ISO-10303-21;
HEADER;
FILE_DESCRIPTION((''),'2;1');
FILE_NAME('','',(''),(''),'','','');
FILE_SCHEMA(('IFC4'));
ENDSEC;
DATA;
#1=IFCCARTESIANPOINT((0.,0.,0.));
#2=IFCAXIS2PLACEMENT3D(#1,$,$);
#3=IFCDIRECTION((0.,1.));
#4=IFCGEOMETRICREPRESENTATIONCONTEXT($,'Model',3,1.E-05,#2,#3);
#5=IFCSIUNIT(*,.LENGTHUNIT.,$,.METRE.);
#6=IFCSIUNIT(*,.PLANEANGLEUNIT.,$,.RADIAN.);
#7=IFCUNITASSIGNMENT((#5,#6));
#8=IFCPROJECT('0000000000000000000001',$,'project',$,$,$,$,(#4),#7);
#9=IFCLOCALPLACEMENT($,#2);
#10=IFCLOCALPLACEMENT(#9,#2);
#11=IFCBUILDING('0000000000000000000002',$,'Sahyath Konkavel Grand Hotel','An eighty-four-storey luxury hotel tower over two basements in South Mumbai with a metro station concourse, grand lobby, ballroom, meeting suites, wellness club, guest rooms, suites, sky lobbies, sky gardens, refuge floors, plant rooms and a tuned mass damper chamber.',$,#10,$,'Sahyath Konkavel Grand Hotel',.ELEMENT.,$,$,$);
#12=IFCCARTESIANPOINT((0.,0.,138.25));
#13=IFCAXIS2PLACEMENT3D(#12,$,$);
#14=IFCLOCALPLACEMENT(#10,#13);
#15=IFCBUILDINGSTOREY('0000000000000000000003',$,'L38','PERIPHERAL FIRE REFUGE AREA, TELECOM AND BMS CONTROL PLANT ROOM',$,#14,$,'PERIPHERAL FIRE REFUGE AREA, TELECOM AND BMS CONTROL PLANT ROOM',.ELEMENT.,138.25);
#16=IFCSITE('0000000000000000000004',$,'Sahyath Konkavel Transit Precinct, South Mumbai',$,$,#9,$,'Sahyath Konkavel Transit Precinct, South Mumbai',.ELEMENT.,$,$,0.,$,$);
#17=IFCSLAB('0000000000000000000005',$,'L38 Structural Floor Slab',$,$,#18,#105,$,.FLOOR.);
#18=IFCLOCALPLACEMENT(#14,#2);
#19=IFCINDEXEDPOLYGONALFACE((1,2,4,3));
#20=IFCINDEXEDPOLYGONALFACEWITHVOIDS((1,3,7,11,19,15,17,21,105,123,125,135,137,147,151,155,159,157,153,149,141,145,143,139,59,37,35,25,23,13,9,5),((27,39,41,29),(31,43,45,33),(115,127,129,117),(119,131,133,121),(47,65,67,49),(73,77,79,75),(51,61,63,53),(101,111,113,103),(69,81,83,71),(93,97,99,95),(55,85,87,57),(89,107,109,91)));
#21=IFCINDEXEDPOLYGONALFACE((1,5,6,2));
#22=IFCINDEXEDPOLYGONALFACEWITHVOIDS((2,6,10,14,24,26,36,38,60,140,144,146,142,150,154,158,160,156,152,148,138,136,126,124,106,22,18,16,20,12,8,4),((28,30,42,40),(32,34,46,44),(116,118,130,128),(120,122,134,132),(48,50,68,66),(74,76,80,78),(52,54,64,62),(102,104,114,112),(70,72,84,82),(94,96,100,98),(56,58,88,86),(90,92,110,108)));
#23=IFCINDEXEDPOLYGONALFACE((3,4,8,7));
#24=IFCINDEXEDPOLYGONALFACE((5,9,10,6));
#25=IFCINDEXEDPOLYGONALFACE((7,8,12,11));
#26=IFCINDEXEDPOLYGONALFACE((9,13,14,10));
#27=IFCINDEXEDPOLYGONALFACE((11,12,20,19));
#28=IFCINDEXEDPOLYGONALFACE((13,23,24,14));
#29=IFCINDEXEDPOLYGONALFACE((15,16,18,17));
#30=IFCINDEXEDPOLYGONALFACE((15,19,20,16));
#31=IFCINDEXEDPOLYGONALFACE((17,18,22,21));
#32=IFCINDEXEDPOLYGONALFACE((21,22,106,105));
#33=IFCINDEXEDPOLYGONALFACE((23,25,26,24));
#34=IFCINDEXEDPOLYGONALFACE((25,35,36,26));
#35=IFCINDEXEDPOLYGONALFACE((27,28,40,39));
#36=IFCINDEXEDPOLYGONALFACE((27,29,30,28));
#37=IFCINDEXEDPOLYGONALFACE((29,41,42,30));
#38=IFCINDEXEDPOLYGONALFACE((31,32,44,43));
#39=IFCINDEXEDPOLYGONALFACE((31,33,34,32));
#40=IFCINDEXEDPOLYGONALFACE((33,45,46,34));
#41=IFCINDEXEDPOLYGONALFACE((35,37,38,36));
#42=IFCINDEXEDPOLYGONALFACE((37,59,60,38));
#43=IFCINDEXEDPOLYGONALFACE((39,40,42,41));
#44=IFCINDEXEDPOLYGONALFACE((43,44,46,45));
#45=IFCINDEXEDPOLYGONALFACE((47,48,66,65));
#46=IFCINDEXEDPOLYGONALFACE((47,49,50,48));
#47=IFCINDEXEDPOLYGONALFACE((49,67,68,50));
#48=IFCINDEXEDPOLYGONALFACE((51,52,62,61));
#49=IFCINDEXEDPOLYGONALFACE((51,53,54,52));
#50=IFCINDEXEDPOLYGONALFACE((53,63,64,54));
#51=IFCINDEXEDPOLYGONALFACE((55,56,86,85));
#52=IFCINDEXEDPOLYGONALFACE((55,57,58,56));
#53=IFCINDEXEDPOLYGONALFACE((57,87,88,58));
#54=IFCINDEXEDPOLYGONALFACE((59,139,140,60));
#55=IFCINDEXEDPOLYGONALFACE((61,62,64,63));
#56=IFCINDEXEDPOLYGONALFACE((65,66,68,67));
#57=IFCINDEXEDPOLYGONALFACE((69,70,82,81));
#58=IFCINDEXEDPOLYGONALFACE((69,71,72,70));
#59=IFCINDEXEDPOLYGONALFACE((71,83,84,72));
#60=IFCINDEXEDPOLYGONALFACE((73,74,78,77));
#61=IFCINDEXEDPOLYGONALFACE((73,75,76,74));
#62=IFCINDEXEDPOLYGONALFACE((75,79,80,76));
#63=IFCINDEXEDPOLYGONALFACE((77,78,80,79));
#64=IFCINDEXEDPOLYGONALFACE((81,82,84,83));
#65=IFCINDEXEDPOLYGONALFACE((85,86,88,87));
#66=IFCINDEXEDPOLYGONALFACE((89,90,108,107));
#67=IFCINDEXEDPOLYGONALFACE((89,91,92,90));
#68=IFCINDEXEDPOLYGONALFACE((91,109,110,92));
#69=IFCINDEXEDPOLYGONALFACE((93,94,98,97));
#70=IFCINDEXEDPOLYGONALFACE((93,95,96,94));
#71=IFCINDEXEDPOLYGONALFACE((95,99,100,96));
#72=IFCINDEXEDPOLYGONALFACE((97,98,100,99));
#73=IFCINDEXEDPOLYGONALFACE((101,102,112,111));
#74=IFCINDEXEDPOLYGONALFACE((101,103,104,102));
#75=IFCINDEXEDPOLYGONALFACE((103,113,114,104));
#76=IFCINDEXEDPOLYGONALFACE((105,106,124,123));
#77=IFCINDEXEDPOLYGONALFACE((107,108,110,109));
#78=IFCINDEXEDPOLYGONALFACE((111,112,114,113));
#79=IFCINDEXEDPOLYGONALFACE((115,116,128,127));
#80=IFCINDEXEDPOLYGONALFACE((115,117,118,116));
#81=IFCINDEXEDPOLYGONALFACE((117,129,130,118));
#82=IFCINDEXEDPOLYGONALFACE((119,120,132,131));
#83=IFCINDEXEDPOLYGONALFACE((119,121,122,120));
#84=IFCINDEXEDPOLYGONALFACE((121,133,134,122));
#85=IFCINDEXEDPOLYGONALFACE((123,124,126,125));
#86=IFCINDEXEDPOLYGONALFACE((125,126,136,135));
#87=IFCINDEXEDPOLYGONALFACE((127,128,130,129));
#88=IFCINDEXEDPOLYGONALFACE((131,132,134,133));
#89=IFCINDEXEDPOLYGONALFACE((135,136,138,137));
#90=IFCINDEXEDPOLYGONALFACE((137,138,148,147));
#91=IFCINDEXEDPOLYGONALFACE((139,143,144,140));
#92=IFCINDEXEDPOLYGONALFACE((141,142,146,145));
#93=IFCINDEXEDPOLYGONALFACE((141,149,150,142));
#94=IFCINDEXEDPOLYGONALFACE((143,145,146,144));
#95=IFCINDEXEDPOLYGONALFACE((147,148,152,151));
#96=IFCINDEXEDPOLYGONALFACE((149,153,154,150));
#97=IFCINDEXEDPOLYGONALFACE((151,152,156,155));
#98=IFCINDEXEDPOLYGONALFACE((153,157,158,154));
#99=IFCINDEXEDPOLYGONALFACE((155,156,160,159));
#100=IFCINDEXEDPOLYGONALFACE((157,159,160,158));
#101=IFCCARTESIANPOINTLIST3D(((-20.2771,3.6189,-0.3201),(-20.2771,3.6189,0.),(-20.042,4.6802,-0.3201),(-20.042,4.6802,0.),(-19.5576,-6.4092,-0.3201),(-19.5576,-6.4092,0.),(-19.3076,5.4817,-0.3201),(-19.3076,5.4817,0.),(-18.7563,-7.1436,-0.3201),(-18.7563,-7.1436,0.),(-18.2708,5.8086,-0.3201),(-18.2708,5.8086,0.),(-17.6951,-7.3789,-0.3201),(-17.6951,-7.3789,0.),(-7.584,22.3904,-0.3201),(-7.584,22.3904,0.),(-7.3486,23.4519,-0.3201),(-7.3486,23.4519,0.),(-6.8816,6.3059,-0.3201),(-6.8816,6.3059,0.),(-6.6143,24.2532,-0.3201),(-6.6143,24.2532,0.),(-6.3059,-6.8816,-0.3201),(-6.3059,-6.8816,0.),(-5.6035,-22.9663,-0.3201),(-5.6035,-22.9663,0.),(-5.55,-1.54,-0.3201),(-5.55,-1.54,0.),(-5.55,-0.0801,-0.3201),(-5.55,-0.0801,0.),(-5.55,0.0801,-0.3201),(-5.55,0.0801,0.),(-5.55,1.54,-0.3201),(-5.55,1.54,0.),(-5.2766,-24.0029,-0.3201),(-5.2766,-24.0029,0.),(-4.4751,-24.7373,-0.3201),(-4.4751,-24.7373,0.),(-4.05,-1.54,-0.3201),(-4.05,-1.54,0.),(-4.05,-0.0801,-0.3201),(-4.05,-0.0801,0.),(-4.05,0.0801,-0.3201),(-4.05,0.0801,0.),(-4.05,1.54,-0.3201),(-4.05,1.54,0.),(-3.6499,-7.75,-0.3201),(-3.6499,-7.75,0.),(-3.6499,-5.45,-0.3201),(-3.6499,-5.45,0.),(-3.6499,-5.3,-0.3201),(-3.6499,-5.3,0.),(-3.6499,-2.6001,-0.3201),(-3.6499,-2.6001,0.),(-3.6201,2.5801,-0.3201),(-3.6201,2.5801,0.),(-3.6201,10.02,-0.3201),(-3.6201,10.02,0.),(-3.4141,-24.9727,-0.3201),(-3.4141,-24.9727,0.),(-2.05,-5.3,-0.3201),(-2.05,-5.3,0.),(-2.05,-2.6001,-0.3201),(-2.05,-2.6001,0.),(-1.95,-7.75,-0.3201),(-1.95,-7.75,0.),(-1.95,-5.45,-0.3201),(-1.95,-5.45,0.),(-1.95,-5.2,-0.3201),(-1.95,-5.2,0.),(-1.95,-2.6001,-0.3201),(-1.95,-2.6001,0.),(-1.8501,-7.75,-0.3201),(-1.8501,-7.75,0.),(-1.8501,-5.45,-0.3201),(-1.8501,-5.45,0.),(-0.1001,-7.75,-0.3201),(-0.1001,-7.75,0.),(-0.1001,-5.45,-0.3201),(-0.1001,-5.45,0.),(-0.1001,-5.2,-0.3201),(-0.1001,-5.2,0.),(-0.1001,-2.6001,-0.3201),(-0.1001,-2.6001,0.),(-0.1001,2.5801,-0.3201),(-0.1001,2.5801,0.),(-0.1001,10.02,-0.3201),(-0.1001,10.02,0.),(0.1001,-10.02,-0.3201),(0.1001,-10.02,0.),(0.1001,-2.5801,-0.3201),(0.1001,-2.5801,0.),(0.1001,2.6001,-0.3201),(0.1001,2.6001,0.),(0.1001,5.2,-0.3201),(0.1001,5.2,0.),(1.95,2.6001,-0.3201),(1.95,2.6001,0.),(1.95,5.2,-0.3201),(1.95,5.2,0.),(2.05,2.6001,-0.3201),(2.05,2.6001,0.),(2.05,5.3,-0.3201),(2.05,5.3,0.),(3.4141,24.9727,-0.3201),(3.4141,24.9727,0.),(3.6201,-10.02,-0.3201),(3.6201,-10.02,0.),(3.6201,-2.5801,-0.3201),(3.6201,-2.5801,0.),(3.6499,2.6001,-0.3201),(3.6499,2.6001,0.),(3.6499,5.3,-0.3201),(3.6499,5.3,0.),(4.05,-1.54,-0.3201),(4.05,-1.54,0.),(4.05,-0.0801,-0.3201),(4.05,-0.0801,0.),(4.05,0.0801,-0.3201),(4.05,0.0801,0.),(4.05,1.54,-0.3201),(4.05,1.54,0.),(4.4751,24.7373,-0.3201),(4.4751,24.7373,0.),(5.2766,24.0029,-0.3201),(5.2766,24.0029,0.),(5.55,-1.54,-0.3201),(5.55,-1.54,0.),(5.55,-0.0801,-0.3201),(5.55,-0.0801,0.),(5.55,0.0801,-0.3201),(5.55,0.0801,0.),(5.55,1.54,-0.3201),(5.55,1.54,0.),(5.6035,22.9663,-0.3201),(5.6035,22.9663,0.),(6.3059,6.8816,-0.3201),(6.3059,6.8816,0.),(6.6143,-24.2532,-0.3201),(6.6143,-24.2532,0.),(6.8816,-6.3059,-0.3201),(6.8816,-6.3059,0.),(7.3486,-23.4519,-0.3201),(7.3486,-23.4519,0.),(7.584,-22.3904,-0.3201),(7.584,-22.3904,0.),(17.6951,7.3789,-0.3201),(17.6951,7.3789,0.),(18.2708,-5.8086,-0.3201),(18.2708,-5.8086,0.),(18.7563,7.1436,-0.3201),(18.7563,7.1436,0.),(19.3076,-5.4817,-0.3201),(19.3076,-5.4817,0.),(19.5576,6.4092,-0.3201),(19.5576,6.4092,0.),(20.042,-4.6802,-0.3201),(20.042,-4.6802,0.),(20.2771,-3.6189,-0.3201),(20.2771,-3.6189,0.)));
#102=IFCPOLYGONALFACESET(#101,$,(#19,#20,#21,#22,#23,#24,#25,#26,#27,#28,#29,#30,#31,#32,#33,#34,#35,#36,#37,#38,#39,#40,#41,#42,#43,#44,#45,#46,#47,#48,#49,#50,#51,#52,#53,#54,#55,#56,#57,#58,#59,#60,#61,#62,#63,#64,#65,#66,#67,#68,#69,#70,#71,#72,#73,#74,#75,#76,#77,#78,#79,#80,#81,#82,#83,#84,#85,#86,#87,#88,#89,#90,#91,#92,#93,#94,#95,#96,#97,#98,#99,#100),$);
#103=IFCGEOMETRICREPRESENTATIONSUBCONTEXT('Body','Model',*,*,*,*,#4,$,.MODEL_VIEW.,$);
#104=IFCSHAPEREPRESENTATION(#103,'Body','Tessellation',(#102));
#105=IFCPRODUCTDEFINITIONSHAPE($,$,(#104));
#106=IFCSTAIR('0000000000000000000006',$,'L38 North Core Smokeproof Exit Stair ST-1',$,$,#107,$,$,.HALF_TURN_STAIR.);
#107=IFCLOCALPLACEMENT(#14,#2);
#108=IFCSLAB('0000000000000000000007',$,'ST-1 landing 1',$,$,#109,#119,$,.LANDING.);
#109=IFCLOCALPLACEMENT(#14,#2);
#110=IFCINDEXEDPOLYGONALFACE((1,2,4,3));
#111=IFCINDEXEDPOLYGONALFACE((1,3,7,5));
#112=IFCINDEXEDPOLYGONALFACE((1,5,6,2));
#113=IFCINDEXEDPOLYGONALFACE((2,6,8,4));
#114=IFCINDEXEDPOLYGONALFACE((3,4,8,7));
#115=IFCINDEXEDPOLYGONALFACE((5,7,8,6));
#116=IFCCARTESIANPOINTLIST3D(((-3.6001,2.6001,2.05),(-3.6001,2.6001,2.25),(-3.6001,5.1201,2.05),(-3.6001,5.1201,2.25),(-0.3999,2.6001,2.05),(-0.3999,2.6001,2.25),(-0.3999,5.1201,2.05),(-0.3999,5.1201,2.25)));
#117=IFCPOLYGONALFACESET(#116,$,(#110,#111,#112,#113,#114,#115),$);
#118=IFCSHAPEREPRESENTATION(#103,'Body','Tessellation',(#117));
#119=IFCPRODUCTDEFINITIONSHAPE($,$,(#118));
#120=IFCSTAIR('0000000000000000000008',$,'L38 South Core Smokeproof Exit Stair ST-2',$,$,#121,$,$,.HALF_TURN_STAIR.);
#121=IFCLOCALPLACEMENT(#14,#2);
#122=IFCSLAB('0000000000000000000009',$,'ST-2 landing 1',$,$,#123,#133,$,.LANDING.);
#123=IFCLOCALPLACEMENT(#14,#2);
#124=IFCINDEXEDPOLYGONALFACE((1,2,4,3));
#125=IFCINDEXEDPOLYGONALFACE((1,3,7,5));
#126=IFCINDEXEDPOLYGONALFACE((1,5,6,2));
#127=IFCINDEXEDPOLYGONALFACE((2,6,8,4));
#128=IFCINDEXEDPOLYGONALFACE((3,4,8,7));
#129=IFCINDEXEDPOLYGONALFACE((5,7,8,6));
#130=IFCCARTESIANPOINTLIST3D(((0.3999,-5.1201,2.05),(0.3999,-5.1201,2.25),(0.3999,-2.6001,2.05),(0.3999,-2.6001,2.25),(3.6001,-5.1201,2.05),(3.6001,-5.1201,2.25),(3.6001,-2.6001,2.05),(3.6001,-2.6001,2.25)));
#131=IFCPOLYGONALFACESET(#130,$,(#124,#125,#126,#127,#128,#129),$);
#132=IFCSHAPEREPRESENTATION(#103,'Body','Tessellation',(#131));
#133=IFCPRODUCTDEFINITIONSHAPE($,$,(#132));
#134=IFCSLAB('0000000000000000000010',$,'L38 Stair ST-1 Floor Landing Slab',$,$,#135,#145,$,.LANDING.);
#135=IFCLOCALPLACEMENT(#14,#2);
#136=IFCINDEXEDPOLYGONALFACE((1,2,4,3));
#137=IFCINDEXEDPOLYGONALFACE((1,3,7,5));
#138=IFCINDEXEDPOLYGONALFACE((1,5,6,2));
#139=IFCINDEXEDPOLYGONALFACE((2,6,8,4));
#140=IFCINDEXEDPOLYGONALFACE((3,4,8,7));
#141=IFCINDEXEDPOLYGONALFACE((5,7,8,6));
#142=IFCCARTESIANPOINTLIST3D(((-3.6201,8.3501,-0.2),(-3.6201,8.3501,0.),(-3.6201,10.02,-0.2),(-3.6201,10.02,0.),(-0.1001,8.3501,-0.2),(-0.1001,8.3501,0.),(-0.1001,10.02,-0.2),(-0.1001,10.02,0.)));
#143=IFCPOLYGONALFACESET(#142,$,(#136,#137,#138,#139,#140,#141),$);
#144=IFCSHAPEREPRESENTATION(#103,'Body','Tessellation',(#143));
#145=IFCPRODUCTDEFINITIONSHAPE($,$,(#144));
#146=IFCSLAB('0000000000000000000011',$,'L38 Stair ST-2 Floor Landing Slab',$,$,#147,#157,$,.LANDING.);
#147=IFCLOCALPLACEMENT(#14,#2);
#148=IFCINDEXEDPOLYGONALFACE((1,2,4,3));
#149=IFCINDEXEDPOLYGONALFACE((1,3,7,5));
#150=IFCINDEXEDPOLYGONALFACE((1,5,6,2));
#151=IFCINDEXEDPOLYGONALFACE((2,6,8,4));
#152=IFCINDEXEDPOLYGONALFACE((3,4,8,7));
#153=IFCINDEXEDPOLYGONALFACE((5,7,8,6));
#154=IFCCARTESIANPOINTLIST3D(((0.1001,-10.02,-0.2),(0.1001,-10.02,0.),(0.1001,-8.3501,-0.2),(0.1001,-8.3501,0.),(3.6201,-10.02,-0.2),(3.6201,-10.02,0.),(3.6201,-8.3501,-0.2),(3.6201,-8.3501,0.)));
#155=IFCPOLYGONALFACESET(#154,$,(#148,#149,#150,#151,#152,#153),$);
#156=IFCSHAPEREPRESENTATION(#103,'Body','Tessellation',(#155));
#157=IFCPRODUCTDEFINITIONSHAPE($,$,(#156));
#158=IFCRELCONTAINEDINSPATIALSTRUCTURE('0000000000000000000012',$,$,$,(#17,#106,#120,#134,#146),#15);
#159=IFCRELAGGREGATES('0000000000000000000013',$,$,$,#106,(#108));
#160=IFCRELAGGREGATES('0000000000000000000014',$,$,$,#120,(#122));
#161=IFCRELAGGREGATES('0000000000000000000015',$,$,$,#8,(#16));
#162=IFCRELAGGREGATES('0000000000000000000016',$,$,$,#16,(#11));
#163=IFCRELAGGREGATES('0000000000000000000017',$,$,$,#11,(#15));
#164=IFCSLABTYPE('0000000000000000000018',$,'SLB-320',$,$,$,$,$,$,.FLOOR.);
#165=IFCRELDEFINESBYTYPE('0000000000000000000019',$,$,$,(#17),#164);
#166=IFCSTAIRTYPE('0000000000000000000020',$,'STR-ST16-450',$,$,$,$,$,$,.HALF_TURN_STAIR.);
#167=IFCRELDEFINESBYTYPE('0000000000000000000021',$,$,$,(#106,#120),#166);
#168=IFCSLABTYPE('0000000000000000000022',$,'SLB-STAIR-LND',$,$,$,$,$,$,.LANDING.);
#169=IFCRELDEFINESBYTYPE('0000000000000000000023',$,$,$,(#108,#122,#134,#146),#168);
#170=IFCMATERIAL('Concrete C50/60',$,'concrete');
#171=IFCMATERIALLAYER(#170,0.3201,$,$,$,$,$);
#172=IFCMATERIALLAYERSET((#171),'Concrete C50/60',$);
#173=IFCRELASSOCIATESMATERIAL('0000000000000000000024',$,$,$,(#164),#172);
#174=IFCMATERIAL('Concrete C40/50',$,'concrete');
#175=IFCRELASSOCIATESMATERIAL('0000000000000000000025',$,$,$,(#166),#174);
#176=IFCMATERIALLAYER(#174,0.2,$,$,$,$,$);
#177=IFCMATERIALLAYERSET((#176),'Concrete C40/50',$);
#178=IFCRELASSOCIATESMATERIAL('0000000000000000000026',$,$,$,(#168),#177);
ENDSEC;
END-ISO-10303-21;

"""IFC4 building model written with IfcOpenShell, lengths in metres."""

from ifc_helpers import new_model, si_unit, direction, frame, origin, place, context, subcontext, project, spatial, polyline, outline, extrude, material, layer, layer_set, type_object, element, aggregate, save


model = new_model("IFC4")

# Units and contexts
model_context = context("Model", 3, precision=1e-05, world=origin(), true_north=direction((0.0, 1.0)))
body_context = subcontext(model_context, "Body", "Model", "MODEL_VIEW")
ifc_project = project(units=[si_unit("LENGTHUNIT", "METRE"), si_unit("PLANEANGLEUNIT", "RADIAN")], contexts=[model_context])

# Site, building, storey
site_placement = place(None, origin())
site = spatial("IfcSite", under=ifc_project, at=site_placement, Name="Sahyath Konkavel Transit Precinct, South Mumbai", LongName="Sahyath Konkavel Transit Precinct, South Mumbai", CompositionType="ELEMENT", RefElevation=0.0)
building_placement = place(site_placement, origin())
building = spatial("IfcBuilding", under=site, at=building_placement, Name="Sahyath Konkavel Grand Hotel", Description="An eighty-four-storey luxury hotel tower over two basements in South Mumbai with a metro station concourse, grand lobby, ballroom, meeting suites, wellness club, guest rooms, suites, sky lobbies, sky gardens, refuge floors, plant rooms and a tuned mass damper chamber.", LongName="Sahyath Konkavel Grand Hotel", CompositionType="ELEMENT")
storey_placement = place(building_placement, frame((0.0, 0.0, 138.25)))
storey = spatial("IfcBuildingStorey", under=building, at=storey_placement, Name="L38", Description="PERIPHERAL FIRE REFUGE AREA, TELECOM AND BMS CONTROL PLANT ROOM", LongName="PERIPHERAL FIRE REFUGE AREA, TELECOM AND BMS CONTROL PLANT ROOM", CompositionType="ELEMENT", Elevation=138.25)

# Slab
ifc_material_1 = material(Name="Concrete C50/60", Category="concrete")
ifc_layer_1 = layer(ifc_material_1, 0.3201)
ifc_layer_set_1 = layer_set([ifc_layer_1], Name="Concrete C50/60")
slab_type_1 = type_object("IfcSlabType", Name="SLB-320", PredefinedType="FLOOR", material=ifc_layer_set_1)
slab_1_placement = place(storey_placement, frame((0.0, 0.0, -0.3201)))
element("IfcSlab", 1, at=slab_1_placement, inside=storey, type_object=slab_type_1, Name="L38 Structural Floor Slab", PredefinedType="FLOOR", context=body_context, shape_type="SweptSolid", body=[
    extrude(outline(polyline([(6.8816, -6.3059), (18.2708, -5.8086), (19.3076, -5.4817), (20.042, -4.6802), (20.2771, -3.6189), (19.5576, 6.4092), (18.7563, 7.1436), (17.6951, 7.3789), (6.3059, 6.8816), (5.6035, 22.9663), (5.2766, 24.0029), (4.4751, 24.7373), (3.4141, 24.9727), (-6.6143, 24.2532), (-7.3486, 23.4519), (-7.584, 22.3904), (-6.8816, 6.3059), (-18.2708, 5.8086), (-19.3076, 5.4817), (-20.042, 4.6802), (-20.2771, 3.6189), (-19.5576, -6.4092), (-18.7563, -7.1436), (-17.6951, -7.3789), (-6.3059, -6.8816), (-5.6035, -22.9663), (-5.2766, -24.0029), (-4.4751, -24.7373), (-3.4141, -24.9727), (6.6143, -24.2532), (7.3486, -23.4519), (7.584, -22.3904), (6.8816, -6.3059)]), holes=[polyline([(-3.6201, 2.5801), (-0.1001, 2.5801), (-0.1001, 10.02), (-3.6201, 10.02), (-3.6201, 2.5801)]), polyline([(0.1001, -10.02), (3.6201, -10.02), (3.6201, -2.5801), (0.1001, -2.5801), (0.1001, -10.02)]), polyline([(0.1001, 2.6001), (1.95, 2.6001), (1.95, 5.2), (0.1001, 5.2), (0.1001, 2.6001)]), polyline([(-1.95, -5.2), (-0.1001, -5.2), (-0.1001, -2.6001), (-1.95, -2.6001), (-1.95, -5.2)]), polyline([(2.05, 2.6001), (3.6499, 2.6001), (3.6499, 5.3), (2.05, 5.3), (2.05, 2.6001)]), polyline([(-3.6499, -5.3), (-2.05, -5.3), (-2.05, -2.6001), (-3.6499, -2.6001), (-3.6499, -5.3)]), polyline([(-3.6499, -7.75), (-1.95, -7.75), (-1.95, -5.45), (-3.6499, -5.45), (-3.6499, -7.75)]), polyline([(-1.8501, -7.75), (-0.1001, -7.75), (-0.1001, -5.45), (-1.8501, -5.45), (-1.8501, -7.75)]), polyline([(4.05, 0.0801), (5.55, 0.0801), (5.55, 1.54), (4.05, 1.54), (4.05, 0.0801)]), polyline([(4.05, -1.54), (5.55, -1.54), (5.55, -0.0801), (4.05, -0.0801), (4.05, -1.54)]), polyline([(-5.55, 0.0801), (-4.05, 0.0801), (-4.05, 1.54), (-5.55, 1.54), (-5.55, 0.0801)]), polyline([(-5.55, -1.54), (-4.05, -1.54), (-4.05, -0.0801), (-5.55, -0.0801), (-5.55, -1.54)])]), origin(), (0.0, 0.0, 1.0), 0.3201),
])

# Stairs, slabs
ifc_material_2 = material(Name="Concrete C40/50", Category="concrete")
stair_type = type_object("IfcStairType", Name="STR-ST16-450", PredefinedType="HALF_TURN_STAIR", material=ifc_material_2)
stair_1_placement = place(storey_placement, origin())
stair_1 = element("IfcStair", 2, at=stair_1_placement, inside=storey, type_object=stair_type, Name="L38 North Core Smokeproof Exit Stair ST-1", PredefinedType="HALF_TURN_STAIR")
ifc_layer_2 = layer(ifc_material_2, 0.2)
ifc_layer_set_2 = layer_set([ifc_layer_2], Name="Concrete C40/50")
slab_type_2 = type_object("IfcSlabType", Name="SLB-STAIR-LND", PredefinedType="LANDING", material=ifc_layer_set_2)
slab_2_placement = place(storey_placement, frame((0.0, 0.0, 2.05)))
slab_2 = element("IfcSlab", 3, at=slab_2_placement, type_object=slab_type_2, Name="ST-1 landing 1", PredefinedType="LANDING", context=body_context, shape_type="SweptSolid", body=[
    extrude(outline(polyline([(-3.6001, 5.1201), (-3.6001, 2.6001), (-0.3999, 2.6001), (-0.3999, 5.1201), (-3.6001, 5.1201)])), origin(), (0.0, 0.0, 1.0), 0.2),
])
aggregate(stair_1, [slab_2])
stair_2_placement = place(storey_placement, origin())
stair_2 = element("IfcStair", 4, at=stair_2_placement, inside=storey, type_object=stair_type, Name="L38 South Core Smokeproof Exit Stair ST-2", PredefinedType="HALF_TURN_STAIR")
slab_3_placement = place(storey_placement, frame((0.0, 0.0, 2.05)))
slab_3 = element("IfcSlab", 5, at=slab_3_placement, type_object=slab_type_2, Name="ST-2 landing 1", PredefinedType="LANDING", context=body_context, shape_type="SweptSolid", body=[
    extrude(outline(polyline([(3.6001, -5.1201), (3.6001, -2.6001), (0.3999, -2.6001), (0.3999, -5.1201), (3.6001, -5.1201)])), origin(), (0.0, 0.0, 1.0), 0.2),
])
aggregate(stair_2, [slab_3])

# Slabs
slab_4_placement = place(storey_placement, frame((0.0, 0.0, -0.2)))
element("IfcSlab", 6, at=slab_4_placement, inside=storey, type_object=slab_type_2, Name="L38 Stair ST-1 Floor Landing Slab", PredefinedType="LANDING", context=body_context, shape_type="SweptSolid", body=[
    extrude(outline(polyline([(-3.6201, 8.3501), (-0.1001, 8.3501), (-0.1001, 10.02), (-3.6201, 10.02), (-3.6201, 8.3501)])), origin(), (0.0, 0.0, 1.0), 0.2),
])
slab_5_placement = place(storey_placement, frame((0.0, 0.0, -0.2)))
element("IfcSlab", 7, at=slab_5_placement, inside=storey, type_object=slab_type_2, Name="L38 Stair ST-2 Floor Landing Slab", PredefinedType="LANDING", context=body_context, shape_type="SweptSolid", body=[
    extrude(outline(polyline([(0.1001, -10.02), (3.6201, -10.02), (3.6201, -8.3501), (0.1001, -8.3501), (0.1001, -10.02)])), origin(), (0.0, 0.0, 1.0), 0.2),
])

save(model, "model.ifc")
